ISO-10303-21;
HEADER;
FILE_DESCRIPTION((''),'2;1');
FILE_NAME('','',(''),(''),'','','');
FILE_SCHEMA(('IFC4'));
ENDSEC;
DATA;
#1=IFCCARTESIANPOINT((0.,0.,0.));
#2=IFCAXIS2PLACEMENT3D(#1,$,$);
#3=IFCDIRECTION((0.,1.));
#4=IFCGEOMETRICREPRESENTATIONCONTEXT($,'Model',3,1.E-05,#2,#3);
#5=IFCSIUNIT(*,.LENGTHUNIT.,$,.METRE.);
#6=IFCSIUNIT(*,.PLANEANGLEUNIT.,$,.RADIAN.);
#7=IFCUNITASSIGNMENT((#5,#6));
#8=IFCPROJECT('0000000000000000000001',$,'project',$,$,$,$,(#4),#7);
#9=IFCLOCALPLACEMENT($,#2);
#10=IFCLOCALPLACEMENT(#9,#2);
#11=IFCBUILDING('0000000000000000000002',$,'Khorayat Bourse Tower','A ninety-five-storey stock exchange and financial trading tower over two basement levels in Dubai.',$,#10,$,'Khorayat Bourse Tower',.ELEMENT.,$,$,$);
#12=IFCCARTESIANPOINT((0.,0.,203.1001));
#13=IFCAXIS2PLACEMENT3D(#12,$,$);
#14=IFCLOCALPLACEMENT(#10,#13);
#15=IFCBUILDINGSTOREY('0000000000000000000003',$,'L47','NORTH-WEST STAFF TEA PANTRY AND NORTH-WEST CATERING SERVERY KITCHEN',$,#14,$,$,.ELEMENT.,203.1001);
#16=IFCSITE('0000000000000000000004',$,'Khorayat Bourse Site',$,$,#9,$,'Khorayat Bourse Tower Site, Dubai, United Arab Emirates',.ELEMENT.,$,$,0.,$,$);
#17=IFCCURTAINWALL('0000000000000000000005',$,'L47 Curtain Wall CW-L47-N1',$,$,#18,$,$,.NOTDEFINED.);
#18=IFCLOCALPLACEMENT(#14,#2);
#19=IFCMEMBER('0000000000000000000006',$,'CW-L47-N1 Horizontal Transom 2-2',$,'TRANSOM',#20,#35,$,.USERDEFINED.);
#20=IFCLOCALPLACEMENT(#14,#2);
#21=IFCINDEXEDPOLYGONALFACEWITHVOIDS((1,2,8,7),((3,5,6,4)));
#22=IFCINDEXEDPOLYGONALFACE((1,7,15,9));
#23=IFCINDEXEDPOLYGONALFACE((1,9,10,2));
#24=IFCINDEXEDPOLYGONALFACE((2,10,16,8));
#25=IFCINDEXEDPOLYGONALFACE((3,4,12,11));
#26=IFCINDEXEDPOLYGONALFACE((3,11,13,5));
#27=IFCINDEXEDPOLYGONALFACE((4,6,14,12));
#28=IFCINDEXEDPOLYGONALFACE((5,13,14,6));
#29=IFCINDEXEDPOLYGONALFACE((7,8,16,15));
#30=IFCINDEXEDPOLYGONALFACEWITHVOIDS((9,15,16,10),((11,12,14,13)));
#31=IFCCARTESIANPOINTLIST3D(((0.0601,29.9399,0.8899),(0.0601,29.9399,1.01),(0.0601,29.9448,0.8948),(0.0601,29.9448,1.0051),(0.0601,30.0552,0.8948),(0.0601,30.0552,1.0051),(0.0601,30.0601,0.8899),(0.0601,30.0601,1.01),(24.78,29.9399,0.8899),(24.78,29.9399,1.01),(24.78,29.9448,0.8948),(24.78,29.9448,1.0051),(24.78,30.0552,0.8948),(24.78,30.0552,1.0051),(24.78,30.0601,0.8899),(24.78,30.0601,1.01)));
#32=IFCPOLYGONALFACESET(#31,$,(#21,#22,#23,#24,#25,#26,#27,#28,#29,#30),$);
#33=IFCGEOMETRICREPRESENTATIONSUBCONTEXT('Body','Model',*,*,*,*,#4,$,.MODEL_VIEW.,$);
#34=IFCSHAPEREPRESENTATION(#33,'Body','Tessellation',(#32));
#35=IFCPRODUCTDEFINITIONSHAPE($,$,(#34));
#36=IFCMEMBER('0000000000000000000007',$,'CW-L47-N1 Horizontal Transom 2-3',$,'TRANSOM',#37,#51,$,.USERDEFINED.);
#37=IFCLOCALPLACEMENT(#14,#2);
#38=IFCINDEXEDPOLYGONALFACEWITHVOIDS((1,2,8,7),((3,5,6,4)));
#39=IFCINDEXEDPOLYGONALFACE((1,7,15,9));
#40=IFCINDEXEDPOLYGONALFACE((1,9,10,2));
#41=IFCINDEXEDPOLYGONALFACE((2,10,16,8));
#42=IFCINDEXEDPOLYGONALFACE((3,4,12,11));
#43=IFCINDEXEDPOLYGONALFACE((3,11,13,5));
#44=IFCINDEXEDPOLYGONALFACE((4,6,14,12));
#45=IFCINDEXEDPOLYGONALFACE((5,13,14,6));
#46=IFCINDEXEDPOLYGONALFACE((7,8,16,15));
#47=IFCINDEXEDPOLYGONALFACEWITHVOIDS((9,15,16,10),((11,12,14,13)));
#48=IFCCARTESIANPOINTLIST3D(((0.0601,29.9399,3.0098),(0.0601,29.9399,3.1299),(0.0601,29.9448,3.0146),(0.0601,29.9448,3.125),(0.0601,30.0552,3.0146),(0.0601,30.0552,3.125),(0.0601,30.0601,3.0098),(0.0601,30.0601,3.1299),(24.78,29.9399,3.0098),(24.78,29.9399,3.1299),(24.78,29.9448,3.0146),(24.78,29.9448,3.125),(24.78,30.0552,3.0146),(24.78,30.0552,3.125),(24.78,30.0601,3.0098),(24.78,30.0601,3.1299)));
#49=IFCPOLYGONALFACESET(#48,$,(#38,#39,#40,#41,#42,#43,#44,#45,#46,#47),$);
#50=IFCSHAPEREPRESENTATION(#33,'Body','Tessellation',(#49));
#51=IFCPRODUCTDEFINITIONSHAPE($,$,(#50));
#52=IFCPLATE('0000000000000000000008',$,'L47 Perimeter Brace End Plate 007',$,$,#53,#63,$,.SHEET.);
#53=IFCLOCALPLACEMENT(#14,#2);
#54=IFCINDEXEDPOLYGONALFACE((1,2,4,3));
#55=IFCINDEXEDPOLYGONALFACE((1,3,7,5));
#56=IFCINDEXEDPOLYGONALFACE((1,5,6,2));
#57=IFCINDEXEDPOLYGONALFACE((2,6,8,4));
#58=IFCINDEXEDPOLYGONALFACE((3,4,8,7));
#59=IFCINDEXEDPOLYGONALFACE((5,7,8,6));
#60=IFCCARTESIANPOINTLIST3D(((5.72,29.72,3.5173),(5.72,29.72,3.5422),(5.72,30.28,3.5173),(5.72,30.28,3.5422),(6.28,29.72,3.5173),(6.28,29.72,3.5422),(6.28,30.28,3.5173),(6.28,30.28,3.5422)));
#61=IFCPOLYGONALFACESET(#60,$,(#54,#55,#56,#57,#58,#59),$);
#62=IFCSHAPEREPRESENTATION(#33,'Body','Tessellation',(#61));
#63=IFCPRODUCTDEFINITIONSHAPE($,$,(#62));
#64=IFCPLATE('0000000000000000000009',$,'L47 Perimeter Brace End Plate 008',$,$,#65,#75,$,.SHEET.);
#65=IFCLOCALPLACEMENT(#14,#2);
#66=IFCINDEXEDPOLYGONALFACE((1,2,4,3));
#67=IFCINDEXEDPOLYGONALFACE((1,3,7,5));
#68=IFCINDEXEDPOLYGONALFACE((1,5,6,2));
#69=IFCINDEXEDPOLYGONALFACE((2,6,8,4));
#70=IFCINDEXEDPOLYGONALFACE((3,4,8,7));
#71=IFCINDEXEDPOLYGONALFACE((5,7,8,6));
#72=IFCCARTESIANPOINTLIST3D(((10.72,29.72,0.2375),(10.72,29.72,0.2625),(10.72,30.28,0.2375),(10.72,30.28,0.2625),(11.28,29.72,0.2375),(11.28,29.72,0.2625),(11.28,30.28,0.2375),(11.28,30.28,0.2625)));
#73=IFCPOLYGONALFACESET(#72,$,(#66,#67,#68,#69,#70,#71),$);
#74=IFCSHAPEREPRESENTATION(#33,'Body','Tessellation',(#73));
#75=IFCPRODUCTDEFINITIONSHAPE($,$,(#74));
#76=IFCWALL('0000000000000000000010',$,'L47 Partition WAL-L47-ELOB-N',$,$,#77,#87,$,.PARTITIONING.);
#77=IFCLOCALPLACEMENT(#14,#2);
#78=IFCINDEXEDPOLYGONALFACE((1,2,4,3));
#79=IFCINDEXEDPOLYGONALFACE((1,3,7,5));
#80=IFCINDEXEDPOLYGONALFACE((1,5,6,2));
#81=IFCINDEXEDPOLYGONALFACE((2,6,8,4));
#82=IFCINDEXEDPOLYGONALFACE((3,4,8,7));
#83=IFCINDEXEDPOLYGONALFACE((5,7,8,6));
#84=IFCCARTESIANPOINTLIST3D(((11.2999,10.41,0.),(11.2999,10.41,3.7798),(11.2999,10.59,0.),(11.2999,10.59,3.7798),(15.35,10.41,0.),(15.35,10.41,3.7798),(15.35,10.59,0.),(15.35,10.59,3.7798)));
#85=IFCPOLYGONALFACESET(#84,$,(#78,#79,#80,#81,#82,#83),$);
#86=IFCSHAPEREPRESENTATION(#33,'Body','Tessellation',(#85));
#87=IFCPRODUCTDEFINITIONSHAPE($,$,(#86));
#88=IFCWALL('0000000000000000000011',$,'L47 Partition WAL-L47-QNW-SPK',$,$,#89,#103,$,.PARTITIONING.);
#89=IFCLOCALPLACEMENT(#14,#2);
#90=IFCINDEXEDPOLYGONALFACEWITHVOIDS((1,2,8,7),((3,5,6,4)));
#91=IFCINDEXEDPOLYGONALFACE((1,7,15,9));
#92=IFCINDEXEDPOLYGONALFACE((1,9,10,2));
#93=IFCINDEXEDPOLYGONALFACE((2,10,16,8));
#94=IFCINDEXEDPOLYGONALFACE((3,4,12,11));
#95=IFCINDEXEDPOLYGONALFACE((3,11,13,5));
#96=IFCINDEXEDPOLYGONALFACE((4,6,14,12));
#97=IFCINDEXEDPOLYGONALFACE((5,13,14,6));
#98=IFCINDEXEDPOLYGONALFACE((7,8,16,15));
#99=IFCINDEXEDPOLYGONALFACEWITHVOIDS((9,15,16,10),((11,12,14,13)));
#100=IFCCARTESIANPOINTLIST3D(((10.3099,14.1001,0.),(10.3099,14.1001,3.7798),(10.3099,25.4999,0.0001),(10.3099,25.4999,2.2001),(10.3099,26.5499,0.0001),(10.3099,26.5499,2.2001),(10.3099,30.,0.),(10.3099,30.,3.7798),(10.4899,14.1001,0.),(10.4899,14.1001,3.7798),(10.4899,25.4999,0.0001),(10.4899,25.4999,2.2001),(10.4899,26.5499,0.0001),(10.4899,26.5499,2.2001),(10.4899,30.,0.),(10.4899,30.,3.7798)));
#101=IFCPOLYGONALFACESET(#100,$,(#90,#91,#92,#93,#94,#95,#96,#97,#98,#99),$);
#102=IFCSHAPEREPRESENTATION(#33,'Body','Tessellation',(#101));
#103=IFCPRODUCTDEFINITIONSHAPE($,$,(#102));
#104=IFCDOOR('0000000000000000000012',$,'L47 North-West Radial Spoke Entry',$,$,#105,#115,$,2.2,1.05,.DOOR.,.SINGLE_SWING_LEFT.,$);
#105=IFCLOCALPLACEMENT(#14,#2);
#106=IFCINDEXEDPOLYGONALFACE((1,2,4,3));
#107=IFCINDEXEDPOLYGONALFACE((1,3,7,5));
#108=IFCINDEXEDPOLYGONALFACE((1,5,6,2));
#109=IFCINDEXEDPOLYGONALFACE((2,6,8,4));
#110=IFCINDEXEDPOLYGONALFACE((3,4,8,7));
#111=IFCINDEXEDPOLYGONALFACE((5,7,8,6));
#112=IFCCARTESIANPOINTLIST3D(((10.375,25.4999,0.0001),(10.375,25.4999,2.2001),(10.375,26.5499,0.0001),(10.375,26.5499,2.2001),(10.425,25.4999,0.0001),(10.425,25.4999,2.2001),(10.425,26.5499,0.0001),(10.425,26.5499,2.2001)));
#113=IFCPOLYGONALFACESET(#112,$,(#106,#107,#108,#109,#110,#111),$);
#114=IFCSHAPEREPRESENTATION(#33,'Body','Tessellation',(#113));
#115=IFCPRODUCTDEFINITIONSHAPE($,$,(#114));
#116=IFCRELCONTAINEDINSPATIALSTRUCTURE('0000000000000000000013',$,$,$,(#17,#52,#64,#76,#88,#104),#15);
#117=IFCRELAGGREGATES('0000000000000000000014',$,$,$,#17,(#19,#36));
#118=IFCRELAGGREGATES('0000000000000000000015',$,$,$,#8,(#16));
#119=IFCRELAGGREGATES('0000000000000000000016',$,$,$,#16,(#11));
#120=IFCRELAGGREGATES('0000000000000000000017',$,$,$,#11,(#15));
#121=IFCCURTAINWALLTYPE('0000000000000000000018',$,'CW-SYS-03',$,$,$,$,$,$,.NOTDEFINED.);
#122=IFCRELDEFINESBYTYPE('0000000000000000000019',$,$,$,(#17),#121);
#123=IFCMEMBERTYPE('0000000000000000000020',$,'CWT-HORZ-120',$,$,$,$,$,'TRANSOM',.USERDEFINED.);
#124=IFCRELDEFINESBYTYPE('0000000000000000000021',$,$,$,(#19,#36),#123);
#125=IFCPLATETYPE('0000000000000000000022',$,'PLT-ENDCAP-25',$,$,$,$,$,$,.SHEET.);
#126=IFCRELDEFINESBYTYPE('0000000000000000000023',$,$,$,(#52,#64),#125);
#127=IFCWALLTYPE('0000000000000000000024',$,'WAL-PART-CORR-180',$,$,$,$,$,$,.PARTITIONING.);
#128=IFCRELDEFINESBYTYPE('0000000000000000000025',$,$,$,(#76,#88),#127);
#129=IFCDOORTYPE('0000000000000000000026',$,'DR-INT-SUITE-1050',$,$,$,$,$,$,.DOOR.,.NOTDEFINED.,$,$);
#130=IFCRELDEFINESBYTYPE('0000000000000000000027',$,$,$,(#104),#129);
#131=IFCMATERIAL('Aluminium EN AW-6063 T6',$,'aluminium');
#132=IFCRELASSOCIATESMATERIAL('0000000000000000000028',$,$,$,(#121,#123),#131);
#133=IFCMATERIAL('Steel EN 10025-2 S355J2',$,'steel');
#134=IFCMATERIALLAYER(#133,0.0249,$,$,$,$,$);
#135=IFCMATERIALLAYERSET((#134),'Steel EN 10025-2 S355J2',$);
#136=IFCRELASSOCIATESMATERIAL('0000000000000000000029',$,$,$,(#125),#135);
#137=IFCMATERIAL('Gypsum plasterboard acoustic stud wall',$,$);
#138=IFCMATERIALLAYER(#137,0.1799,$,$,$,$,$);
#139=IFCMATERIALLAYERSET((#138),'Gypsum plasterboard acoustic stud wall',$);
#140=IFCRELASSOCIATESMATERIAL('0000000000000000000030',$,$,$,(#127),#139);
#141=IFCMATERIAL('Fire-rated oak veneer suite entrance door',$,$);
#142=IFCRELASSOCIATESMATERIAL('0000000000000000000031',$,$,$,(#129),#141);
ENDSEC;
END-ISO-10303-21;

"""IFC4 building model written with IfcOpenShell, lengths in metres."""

from ifc_helpers import new_model, si_unit, direction, frame, frame_2d, origin, origin_2d, place, context, subcontext, project, spatial, rectangle, hollow_rectangle, extrude, source, transform, mapped, material, layer, layer_set, material_profile, profile_set, type_object, element, fill, aggregate, save


model = new_model("IFC4")

# Units and contexts
model_context = context("Model", 3, precision=1e-05, world=origin(), true_north=direction((0.0, 1.0)))
body_context = subcontext(model_context, "Body", "Model", "MODEL_VIEW")
ifc_project = project(units=[si_unit("LENGTHUNIT", "METRE"), si_unit("PLANEANGLEUNIT", "RADIAN")], contexts=[model_context])

# Site, building, storey
site_placement = place(None, origin())
site = spatial("IfcSite", under=ifc_project, at=site_placement, Name="Khorayat Bourse Site", LongName="Khorayat Bourse Tower Site, Dubai, United Arab Emirates", CompositionType="ELEMENT", RefElevation=0.0)
building_placement = place(site_placement, origin())
building = spatial("IfcBuilding", under=site, at=building_placement, Name="Khorayat Bourse Tower", Description="A ninety-five-storey stock exchange and financial trading tower over two basement levels in Dubai.", LongName="Khorayat Bourse Tower", CompositionType="ELEMENT")
storey_placement = place(building_placement, frame((0.0, 0.0, 203.1001)))
storey = spatial("IfcBuildingStorey", under=building, at=storey_placement, Name="L47", Description="NORTH-WEST STAFF TEA PANTRY AND NORTH-WEST CATERING SERVERY KITCHEN", CompositionType="ELEMENT", Elevation=203.1001)

# Curtain wall, members
ifc_material_1 = material(Name="Aluminium EN AW-6063 T6", Category="aluminium")
curtain_wall_type = type_object("IfcCurtainWallType", Name="CW-SYS-03", PredefinedType="NOTDEFINED", material=ifc_material_1)
curtain_wall_placement = place(storey_placement, origin())
curtain_wall = element("IfcCurtainWall", 1, at=curtain_wall_placement, inside=storey, type_object=curtain_wall_type, Name="L47 Curtain Wall CW-L47-N1", PredefinedType="NOTDEFINED")
ifc_material_profile_1 = material_profile(ifc_material_1, hollow_rectangle(XDim=0.1201, YDim=0.1201, WallThickness=0.0049, at=origin_2d()), Name="ALU 120x120x5")
ifc_profile_set_1 = profile_set([ifc_material_profile_1], Name="Aluminium EN AW-6063 T6")
member_type_1 = type_object("IfcMemberType", Name="CWT-HORZ-120", ElementType="TRANSOM", PredefinedType="USERDEFINED", material=ifc_profile_set_1)
shared_shape_1 = source(origin(), body_context, "Body", "SweptSolid", [
    extrude(hollow_rectangle(XDim=0.1201, YDim=0.1201, WallThickness=0.0049, at=origin_2d()), origin(), (0.0, 0.0, 1.0), 24.72),
])
member_1_placement = place(storey_placement, frame((0.0601, 30.0, 0.95), z_axis=(1.0, 0.0, 0.0), x_axis=(0.0, 1.0, 0.0)))
member_1 = element("IfcMember", 2, at=member_1_placement, type_object=member_type_1, Name="CW-L47-N1 Horizontal Transom 2-2", ObjectType="TRANSOM", PredefinedType="USERDEFINED", context=body_context, shape_type="MappedRepresentation", body=[
    mapped(shared_shape_1, transform((0.0, 0.0, 0.0), scale=1.0)),
])
member_2_placement = place(storey_placement, frame((0.0601, 30.0, 3.0698), z_axis=(1.0, 0.0, 0.0), x_axis=(0.0, 1.0, 0.0)))
member_2 = element("IfcMember", 3, at=member_2_placement, type_object=member_type_1, Name="CW-L47-N1 Horizontal Transom 2-3", ObjectType="TRANSOM", PredefinedType="USERDEFINED", context=body_context, shape_type="MappedRepresentation", body=[
    mapped(shared_shape_1, transform((0.0, 0.0, 0.0), scale=1.0)),
])
aggregate(curtain_wall, [member_1, member_2])

# Plates
ifc_material_2 = material(Name="Steel EN 10025-2 S355J2", Category="steel")
ifc_layer_1 = layer(ifc_material_2, 0.0249)
ifc_layer_set_1 = layer_set([ifc_layer_1], Name="Steel EN 10025-2 S355J2")
plate_type = type_object("IfcPlateType", Name="PLT-ENDCAP-25", PredefinedType="SHEET", material=ifc_layer_set_1)
shared_shape_2 = source(origin(), body_context, "Body", "SweptSolid", [
    extrude(rectangle(XDim=0.5601, YDim=0.5601, at=origin_2d()), origin(), (0.0, 0.0, 1.0), 0.0249),
])
for number, where, z_axis, x_axis, name in (
    (4, (6.0, 30.0, 3.5173), (0.0, 0.0, 1.0), (1.0, 0.0, 0.0), "L47 Perimeter Brace End Plate 007"),
    (5, (11.0, 30.0, 0.2375), (0.0, 0.0, 1.0), (1.0, 0.0, 0.0), "L47 Perimeter Brace End Plate 008"),
):
    element("IfcPlate", number, at=place(storey_placement, frame(where, z_axis=z_axis, x_axis=x_axis)), inside=storey, type_object=plate_type, Name=name, PredefinedType="SHEET", context=body_context, shape_type="MappedRepresentation", body=[
        mapped(shared_shape_2, transform((0.0, 0.0, 0.0), scale=1.0)),
    ])

# Wall
ifc_material_3 = material(Name="Gypsum plasterboard acoustic stud wall")
ifc_layer_2 = layer(ifc_material_3, 0.1799)
ifc_layer_set_2 = layer_set([ifc_layer_2], Name="Gypsum plasterboard acoustic stud wall")
wall_type_1 = type_object("IfcWallType", Name="WAL-PART-CORR-180", PredefinedType="PARTITIONING", material=ifc_layer_set_2)
shared_shape_3 = source(origin(), body_context, "Body", "SweptSolid", [
    extrude(rectangle(XDim=4.05, YDim=0.1799, at=frame_2d((2.0249, 0.0))), origin(), (0.0, 0.0, 1.0), 3.7798),
])
wall_1_placement = place(storey_placement, frame((11.3, 10.5, 0.0), z_axis=(0.0, 0.0, 1.0), x_axis=(1.0, 0.0, 0.0)))
element("IfcWall", 6, at=wall_1_placement, inside=storey, type_object=wall_type_1, Name="L47 Partition WAL-L47-ELOB-N", PredefinedType="PARTITIONING", context=body_context, shape_type="MappedRepresentation", body=[
    mapped(shared_shape_3, transform((0.0, 0.0, 0.0), scale=1.0)),
])

# Wall, opening, door
shared_shape_4 = source(origin(), body_context, "Body", "SweptSolid", [
    extrude(rectangle(XDim=15.8999, YDim=0.1799, at=frame_2d((7.95, 0.0))), origin(), (0.0, 0.0, 1.0), 3.7798),
])
wall_2_placement = place(storey_placement, frame((10.3999, 14.1001, 0.0), z_axis=(0.0, 0.0, 1.0), x_axis=(0.0, 1.0, 0.0)))
wall_2 = element("IfcWall", 7, at=wall_2_placement, inside=storey, type_object=wall_type_1, Name="L47 Partition WAL-L47-QNW-SPK", PredefinedType="PARTITIONING", context=body_context, shape_type="MappedRepresentation", body=[
    mapped(shared_shape_4, transform((0.0, 0.0, 0.0), scale=1.0)),
])
shared_shape_5 = source(origin(), body_context, "Body", "SweptSolid", [
    extrude(rectangle(XDim=1.05, YDim=2.2, at=frame_2d((0.5249, 1.1001))), frame((0.0, 0.0999, 0.0), z_axis=(0.0, -1.0, 0.0), x_axis=(1.0, 0.0, 0.0)), (0.0, 0.0, 1.0), 0.2),
])
opening_1_placement = place(wall_2_placement, frame((11.3999, 0.0, 0.0)))
opening_1 = element("IfcOpeningElement", 8, at=opening_1_placement, cuts=wall_2, PredefinedType="OPENING", context=body_context, shape_type="MappedRepresentation", body=[
    mapped(shared_shape_5, transform((0.0, 0.0, 0.0), scale=1.0)),
])
ifc_material_4 = material(Name="Fire-rated oak veneer suite entrance door")
door_type_1 = type_object("IfcDoorType", Name="DR-INT-SUITE-1050", OperationType="NOTDEFINED", PredefinedType="DOOR", material=ifc_material_4)
shared_shape_6 = source(origin(), body_context, "Body", "SweptSolid", [
    extrude(rectangle(XDim=1.05, YDim=2.2, at=frame_2d((0.5249, 1.1001))), frame((0.0, 0.0249, 0.0), z_axis=(0.0, -1.0, 0.0), x_axis=(1.0, 0.0, 0.0)), (0.0, 0.0, 1.0), 0.05),
])
door_1_placement = place(opening_1_placement, origin())
door_1 = element("IfcDoor", 9, at=door_1_placement, inside=storey, type_object=door_type_1, Name="L47 North-West Radial Spoke Entry", OperationType="SINGLE_SWING_LEFT", OverallHeight=2.2, OverallWidth=1.05, PredefinedType="DOOR", context=body_context, shape_type="MappedRepresentation", body=[
    mapped(shared_shape_6, transform((0.0, 0.0, 0.0), scale=1.0)),
])
fill(opening_1, door_1)

save(model, "model.ifc")
